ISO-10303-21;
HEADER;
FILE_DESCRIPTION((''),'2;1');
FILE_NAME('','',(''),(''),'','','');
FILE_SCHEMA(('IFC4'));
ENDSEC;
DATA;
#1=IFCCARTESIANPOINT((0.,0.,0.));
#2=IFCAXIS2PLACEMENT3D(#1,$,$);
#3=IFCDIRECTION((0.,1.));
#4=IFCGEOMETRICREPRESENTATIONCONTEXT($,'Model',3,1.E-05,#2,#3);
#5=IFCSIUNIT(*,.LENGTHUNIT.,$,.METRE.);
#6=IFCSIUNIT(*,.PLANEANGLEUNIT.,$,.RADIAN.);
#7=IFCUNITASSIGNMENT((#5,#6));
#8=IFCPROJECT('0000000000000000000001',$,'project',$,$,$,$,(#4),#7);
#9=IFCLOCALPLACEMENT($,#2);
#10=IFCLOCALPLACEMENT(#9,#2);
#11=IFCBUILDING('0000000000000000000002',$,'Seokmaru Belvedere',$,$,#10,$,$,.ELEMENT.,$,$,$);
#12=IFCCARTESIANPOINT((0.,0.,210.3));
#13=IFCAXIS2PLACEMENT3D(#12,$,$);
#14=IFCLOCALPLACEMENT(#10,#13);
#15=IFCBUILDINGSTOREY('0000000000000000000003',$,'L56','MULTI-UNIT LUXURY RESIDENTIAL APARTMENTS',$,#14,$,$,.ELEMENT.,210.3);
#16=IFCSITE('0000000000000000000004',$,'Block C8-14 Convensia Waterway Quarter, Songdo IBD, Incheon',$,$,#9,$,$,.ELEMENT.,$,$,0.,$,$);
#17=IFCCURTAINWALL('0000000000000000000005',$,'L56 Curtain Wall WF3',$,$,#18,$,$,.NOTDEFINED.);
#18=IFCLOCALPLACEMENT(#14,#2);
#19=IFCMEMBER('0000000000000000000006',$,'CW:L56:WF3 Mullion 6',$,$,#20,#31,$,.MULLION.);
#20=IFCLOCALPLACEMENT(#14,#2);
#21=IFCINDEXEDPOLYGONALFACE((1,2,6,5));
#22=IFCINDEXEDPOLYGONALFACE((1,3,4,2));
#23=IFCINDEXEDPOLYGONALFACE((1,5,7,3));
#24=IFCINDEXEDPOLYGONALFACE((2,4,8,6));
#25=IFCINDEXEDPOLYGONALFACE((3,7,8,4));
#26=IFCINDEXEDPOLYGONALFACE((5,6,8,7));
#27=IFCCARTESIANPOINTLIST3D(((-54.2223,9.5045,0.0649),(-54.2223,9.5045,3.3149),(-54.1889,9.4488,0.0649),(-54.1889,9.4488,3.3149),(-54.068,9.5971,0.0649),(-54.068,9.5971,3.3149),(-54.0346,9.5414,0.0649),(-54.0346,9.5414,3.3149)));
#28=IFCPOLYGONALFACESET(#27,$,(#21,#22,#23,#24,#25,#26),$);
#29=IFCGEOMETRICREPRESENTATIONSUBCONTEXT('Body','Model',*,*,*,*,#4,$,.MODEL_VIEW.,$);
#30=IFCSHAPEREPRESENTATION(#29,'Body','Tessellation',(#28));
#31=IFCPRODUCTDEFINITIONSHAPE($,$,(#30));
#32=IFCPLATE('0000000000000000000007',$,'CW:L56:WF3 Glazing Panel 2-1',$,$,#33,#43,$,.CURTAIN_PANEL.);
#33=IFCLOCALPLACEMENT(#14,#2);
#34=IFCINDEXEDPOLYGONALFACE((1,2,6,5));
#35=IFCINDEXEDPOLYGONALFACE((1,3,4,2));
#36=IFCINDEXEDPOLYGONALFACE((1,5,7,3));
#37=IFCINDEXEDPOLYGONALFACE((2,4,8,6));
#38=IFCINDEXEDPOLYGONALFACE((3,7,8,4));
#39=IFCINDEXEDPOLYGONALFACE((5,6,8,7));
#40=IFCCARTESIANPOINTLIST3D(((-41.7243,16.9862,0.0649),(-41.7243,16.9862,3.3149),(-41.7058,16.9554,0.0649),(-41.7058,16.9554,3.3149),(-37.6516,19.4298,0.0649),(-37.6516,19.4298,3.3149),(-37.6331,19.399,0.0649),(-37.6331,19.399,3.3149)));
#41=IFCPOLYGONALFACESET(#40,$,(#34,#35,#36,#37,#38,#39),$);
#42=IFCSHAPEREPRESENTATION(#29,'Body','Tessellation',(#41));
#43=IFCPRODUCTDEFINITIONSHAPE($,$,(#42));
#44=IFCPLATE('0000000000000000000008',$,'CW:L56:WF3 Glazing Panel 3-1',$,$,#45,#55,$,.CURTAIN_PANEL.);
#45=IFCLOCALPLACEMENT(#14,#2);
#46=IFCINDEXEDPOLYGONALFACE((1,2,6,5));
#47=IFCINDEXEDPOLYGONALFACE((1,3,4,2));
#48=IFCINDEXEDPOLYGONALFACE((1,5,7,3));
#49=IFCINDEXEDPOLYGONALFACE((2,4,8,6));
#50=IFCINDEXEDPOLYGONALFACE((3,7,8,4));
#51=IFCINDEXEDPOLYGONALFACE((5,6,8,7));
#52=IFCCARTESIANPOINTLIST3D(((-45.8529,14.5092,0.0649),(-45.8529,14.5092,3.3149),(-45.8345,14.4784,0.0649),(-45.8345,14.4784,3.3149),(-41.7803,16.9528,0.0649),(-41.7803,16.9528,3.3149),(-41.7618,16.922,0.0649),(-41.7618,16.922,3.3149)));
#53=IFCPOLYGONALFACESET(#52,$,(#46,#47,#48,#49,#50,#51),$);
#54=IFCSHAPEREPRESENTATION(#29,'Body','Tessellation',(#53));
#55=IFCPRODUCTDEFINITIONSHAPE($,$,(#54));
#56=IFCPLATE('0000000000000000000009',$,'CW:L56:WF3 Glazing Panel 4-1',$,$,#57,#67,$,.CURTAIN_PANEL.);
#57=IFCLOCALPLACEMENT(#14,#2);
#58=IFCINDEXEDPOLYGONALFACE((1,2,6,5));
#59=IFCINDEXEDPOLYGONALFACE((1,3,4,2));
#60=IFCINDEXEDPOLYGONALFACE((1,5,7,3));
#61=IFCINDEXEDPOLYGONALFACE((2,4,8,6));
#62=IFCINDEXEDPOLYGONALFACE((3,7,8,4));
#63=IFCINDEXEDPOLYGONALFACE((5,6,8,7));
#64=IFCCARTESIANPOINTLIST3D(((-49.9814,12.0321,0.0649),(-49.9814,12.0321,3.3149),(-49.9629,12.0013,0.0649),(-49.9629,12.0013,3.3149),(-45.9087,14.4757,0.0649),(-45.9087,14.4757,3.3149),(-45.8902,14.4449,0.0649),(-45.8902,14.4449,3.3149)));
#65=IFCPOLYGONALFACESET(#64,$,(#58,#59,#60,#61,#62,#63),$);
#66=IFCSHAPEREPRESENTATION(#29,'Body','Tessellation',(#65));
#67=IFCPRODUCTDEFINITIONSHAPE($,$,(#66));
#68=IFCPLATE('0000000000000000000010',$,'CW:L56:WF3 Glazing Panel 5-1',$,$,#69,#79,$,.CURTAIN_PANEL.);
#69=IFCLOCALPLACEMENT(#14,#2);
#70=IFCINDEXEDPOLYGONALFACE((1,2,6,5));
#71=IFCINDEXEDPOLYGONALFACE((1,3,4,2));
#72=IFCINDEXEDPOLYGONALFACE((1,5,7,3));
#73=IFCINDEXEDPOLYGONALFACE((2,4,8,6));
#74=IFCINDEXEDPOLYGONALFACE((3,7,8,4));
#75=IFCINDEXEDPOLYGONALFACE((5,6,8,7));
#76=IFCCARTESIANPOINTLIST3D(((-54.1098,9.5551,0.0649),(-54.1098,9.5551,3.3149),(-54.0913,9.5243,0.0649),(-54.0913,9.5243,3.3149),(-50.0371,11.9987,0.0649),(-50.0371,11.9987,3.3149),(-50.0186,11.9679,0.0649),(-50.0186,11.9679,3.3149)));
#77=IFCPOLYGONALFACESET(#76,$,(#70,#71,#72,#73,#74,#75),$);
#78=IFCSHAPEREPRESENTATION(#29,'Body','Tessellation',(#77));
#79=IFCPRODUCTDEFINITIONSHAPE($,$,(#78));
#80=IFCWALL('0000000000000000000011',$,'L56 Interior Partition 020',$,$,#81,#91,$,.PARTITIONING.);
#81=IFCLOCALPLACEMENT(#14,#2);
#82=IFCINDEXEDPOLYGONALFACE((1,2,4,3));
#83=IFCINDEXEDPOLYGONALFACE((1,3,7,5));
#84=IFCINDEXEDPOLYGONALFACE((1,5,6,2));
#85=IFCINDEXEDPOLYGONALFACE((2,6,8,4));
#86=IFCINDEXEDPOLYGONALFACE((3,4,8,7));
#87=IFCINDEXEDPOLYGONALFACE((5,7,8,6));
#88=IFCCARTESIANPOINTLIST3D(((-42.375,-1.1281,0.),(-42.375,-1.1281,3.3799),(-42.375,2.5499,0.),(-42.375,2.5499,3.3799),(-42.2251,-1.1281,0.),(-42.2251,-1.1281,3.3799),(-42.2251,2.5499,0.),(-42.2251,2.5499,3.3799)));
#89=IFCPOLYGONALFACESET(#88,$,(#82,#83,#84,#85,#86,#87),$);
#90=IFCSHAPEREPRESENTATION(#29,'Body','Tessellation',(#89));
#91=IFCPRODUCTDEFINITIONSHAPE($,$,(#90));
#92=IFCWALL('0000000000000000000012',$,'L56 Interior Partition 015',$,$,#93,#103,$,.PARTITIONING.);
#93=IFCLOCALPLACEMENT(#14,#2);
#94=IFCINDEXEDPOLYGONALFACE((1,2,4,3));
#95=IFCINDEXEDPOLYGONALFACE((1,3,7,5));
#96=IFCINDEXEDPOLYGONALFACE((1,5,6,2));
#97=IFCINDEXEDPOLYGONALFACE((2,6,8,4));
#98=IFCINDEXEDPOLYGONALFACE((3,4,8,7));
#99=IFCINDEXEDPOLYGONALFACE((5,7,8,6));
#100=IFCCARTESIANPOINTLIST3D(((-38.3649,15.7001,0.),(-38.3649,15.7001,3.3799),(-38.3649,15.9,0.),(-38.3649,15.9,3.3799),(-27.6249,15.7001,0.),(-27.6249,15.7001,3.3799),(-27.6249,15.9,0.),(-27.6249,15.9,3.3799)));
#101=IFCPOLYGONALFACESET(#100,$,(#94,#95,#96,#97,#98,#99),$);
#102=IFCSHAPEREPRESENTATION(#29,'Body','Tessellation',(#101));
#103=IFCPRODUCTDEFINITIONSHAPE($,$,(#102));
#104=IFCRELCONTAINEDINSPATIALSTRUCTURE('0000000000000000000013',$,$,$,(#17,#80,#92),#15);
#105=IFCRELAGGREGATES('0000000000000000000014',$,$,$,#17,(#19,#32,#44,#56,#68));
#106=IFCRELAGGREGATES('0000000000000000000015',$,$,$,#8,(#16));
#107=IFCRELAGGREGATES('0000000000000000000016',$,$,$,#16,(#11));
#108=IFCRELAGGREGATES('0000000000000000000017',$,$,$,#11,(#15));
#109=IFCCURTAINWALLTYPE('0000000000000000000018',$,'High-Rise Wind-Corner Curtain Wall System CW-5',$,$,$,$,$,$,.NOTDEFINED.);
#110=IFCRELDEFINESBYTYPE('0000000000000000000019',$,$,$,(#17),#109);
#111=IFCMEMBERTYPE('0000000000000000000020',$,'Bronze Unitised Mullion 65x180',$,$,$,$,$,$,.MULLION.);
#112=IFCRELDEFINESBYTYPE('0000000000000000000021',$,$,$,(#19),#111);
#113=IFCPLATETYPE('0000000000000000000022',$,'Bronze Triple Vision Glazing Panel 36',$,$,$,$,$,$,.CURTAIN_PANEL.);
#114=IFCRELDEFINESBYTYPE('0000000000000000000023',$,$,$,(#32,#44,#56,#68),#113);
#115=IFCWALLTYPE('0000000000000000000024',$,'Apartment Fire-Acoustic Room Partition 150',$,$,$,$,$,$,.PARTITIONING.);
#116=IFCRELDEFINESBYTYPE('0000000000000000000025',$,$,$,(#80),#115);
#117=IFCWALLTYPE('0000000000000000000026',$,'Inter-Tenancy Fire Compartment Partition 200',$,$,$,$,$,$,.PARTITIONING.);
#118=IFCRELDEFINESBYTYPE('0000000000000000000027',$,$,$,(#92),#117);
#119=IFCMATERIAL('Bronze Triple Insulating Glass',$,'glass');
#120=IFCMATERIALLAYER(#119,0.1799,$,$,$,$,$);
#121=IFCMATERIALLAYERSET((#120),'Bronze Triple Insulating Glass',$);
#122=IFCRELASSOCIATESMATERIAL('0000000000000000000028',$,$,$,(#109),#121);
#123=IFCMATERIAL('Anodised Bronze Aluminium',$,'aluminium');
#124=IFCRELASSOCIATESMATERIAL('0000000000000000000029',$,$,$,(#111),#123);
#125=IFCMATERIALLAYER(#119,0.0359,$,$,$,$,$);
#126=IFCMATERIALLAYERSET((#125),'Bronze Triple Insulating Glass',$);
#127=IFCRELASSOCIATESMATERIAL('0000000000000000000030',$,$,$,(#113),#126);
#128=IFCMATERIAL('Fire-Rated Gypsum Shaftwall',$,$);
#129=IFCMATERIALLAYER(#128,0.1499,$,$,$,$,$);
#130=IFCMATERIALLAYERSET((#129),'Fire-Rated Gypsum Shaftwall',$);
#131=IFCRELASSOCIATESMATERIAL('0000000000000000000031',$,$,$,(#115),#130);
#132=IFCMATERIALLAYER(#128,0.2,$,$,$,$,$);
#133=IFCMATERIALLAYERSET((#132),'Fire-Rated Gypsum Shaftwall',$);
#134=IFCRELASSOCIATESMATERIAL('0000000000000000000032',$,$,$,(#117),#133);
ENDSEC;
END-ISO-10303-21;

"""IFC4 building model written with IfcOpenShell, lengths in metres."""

from ifc_helpers import new_model, si_unit, direction, frame, frame_2d, origin, origin_2d, place, context, subcontext, project, spatial, rectangle, extrude, source, transform, mapped, material, layer, layer_set, material_profile, profile_set, type_object, type_shapes, element, aggregate, save


model = new_model("IFC4")

# Units and contexts
model_context = context("Model", 3, precision=1e-05, world=origin(), true_north=direction((0.0, 1.0)))
body_context = subcontext(model_context, "Body", "Model", "MODEL_VIEW")
ifc_project = project(units=[si_unit("LENGTHUNIT", "METRE"), si_unit("PLANEANGLEUNIT", "RADIAN")], contexts=[model_context])

# Site, building, storey
site_placement = place(None, origin())
site = spatial("IfcSite", under=ifc_project, at=site_placement, Name="Block C8-14 Convensia Waterway Quarter, Songdo IBD, Incheon", CompositionType="ELEMENT", RefElevation=0.0)
building_placement = place(site_placement, origin())
building = spatial("IfcBuilding", under=site, at=building_placement, Name="Seokmaru Belvedere", CompositionType="ELEMENT")
storey_placement = place(building_placement, frame((0.0, 0.0, 210.3)))
storey = spatial("IfcBuildingStorey", under=building, at=storey_placement, Name="L56", Description="MULTI-UNIT LUXURY RESIDENTIAL APARTMENTS", CompositionType="ELEMENT", Elevation=210.3)

# Curtain wall, member, plates
ifc_material_1 = material(Name="Bronze Triple Insulating Glass", Category="glass")
ifc_layer_1 = layer(ifc_material_1, 0.1799)
ifc_layer_set_1 = layer_set([ifc_layer_1], Name="Bronze Triple Insulating Glass")
curtain_wall_type = type_object("IfcCurtainWallType", Name="High-Rise Wind-Corner Curtain Wall System CW-5", PredefinedType="NOTDEFINED", material=ifc_layer_set_1)
curtain_wall_placement = place(storey_placement, origin())
curtain_wall = element("IfcCurtainWall", 1, at=curtain_wall_placement, inside=storey, type_object=curtain_wall_type, Name="L56 Curtain Wall WF3", PredefinedType="NOTDEFINED")
ifc_material_2 = material(Name="Anodised Bronze Aluminium", Category="aluminium")
ifc_material_profile_1 = material_profile(ifc_material_2, rectangle(XDim=0.0649, YDim=0.1799, at=origin_2d()), Name="CW-M-65x180")
ifc_profile_set_1 = profile_set([ifc_material_profile_1], Name="Anodised Bronze Aluminium")
member_type = type_object("IfcMemberType", Name="Bronze Unitised Mullion 65x180", PredefinedType="MULLION", material=ifc_profile_set_1)
shared_shape_1 = source(origin(), body_context, "Body", "SweptSolid", [
    extrude(rectangle(XDim=0.0649, YDim=0.1799, at=origin_2d()), origin(), (0.0, 0.0, 1.0), 3.25),
])
type_shapes(member_type, [shared_shape_1])
member_1_placement = place(storey_placement, frame((-54.1284, 9.5229, 0.0649), z_axis=(0.0, 0.0, 1.0), x_axis=(0.514495, -0.857493, 0.0)))
member_1 = element("IfcMember", 2, at=member_1_placement, type_object=member_type, Name="CW:L56:WF3 Mullion 6", PredefinedType="MULLION", context=body_context, shape_type="MappedRepresentation", body=[
    mapped(shared_shape_1, transform((0.0, 0.0, 0.0), scale=1.0)),
])
ifc_layer_2 = layer(ifc_material_1, 0.0359)
ifc_layer_set_2 = layer_set([ifc_layer_2], Name="Bronze Triple Insulating Glass")
plate_type = type_object("IfcPlateType", Name="Bronze Triple Vision Glazing Panel 36", PredefinedType="CURTAIN_PANEL", material=ifc_layer_set_2)
shared_shape_2 = source(origin(), body_context, "Body", "SweptSolid", [
    extrude(rectangle(XDim=4.7495, YDim=0.0359, at=origin_2d()), origin(), (0.0, 0.0, 1.0), 3.25),
])
type_shapes(plate_type, [shared_shape_2])
plate_1_placement = place(storey_placement, frame((-39.6787, 18.1926, 0.0649), z_axis=(0.0, 0.0, 1.0), x_axis=(-0.857493, -0.514495, 0.0)))
plate_1 = element("IfcPlate", 3, at=plate_1_placement, type_object=plate_type, Name="CW:L56:WF3 Glazing Panel 2-1", PredefinedType="CURTAIN_PANEL", context=body_context, shape_type="MappedRepresentation", body=[
    mapped(shared_shape_2, transform((0.0, 0.0, 0.0), scale=1.0)),
])
plate_2_placement = place(storey_placement, frame((-43.8074, 15.7156, 0.0649), z_axis=(0.0, 0.0, 1.0), x_axis=(-0.857493, -0.514495, 0.0)))
plate_2 = element("IfcPlate", 4, at=plate_2_placement, type_object=plate_type, Name="CW:L56:WF3 Glazing Panel 3-1", PredefinedType="CURTAIN_PANEL", context=body_context, shape_type="MappedRepresentation", body=[
    mapped(shared_shape_2, transform((0.0, 0.0, 0.0), scale=1.0)),
])
plate_3_placement = place(storey_placement, frame((-47.9358, 13.2385, 0.0649), z_axis=(0.0, 0.0, 1.0), x_axis=(-0.857493, -0.514495, 0.0)))
plate_3 = element("IfcPlate", 5, at=plate_3_placement, type_object=plate_type, Name="CW:L56:WF3 Glazing Panel 4-1", PredefinedType="CURTAIN_PANEL", context=body_context, shape_type="MappedRepresentation", body=[
    mapped(shared_shape_2, transform((0.0, 0.0, 0.0), scale=1.0)),
])
plate_4_placement = place(storey_placement, frame((-52.0642, 10.7615, 0.0649), z_axis=(0.0, 0.0, 1.0), x_axis=(-0.857493, -0.514495, 0.0)))
plate_4 = element("IfcPlate", 6, at=plate_4_placement, type_object=plate_type, Name="CW:L56:WF3 Glazing Panel 5-1", PredefinedType="CURTAIN_PANEL", context=body_context, shape_type="MappedRepresentation", body=[
    mapped(shared_shape_2, transform((0.0, 0.0, 0.0), scale=1.0)),
])
aggregate(curtain_wall, [member_1, plate_1, plate_2, plate_3, plate_4])

# Shared definitions
ifc_material_3 = material(Name="Fire-Rated Gypsum Shaftwall")
ifc_layer_3 = layer(ifc_material_3, 0.1499)
ifc_layer_set_3 = layer_set([ifc_layer_3], Name="Fire-Rated Gypsum Shaftwall")
wall_type_1 = type_object("IfcWallType", Name="Apartment Fire-Acoustic Room Partition 150", PredefinedType="PARTITIONING", material=ifc_layer_set_3)

# Walls
wall_1_placement = place(storey_placement, frame((-42.3, -1.1279, 0.0), z_axis=(0.0, 0.0, 1.0), x_axis=(0.0, 1.0, 0.0)))
element("IfcWall", 7, at=wall_1_placement, inside=storey, type_object=wall_type_1, Name="L56 Interior Partition 020", PredefinedType="PARTITIONING", context=body_context, shape_type="SweptSolid", body=[
    extrude(rectangle(XDim=3.678, YDim=0.1499, at=frame_2d((1.8389, 0.0))), origin(), (0.0, 0.0, 1.0), 3.3799),
])
ifc_layer_4 = layer(ifc_material_3, 0.2)
ifc_layer_set_4 = layer_set([ifc_layer_4], Name="Fire-Rated Gypsum Shaftwall")
wall_type_2 = type_object("IfcWallType", Name="Inter-Tenancy Fire Compartment Partition 200", PredefinedType="PARTITIONING", material=ifc_layer_set_4)
wall_2_placement = place(storey_placement, frame((-38.365, 15.8, 0.0), z_axis=(0.0, 0.0, 1.0), x_axis=(1.0, 0.0, 0.0)))
element("IfcWall", 8, at=wall_2_placement, inside=storey, type_object=wall_type_2, Name="L56 Interior Partition 015", PredefinedType="PARTITIONING", context=body_context, shape_type="SweptSolid", body=[
    extrude(rectangle(XDim=10.74, YDim=0.2, at=frame_2d((5.3701, 0.0))), origin(), (0.0, 0.0, 1.0), 3.3799),
])

save(model, "model.ifc")
